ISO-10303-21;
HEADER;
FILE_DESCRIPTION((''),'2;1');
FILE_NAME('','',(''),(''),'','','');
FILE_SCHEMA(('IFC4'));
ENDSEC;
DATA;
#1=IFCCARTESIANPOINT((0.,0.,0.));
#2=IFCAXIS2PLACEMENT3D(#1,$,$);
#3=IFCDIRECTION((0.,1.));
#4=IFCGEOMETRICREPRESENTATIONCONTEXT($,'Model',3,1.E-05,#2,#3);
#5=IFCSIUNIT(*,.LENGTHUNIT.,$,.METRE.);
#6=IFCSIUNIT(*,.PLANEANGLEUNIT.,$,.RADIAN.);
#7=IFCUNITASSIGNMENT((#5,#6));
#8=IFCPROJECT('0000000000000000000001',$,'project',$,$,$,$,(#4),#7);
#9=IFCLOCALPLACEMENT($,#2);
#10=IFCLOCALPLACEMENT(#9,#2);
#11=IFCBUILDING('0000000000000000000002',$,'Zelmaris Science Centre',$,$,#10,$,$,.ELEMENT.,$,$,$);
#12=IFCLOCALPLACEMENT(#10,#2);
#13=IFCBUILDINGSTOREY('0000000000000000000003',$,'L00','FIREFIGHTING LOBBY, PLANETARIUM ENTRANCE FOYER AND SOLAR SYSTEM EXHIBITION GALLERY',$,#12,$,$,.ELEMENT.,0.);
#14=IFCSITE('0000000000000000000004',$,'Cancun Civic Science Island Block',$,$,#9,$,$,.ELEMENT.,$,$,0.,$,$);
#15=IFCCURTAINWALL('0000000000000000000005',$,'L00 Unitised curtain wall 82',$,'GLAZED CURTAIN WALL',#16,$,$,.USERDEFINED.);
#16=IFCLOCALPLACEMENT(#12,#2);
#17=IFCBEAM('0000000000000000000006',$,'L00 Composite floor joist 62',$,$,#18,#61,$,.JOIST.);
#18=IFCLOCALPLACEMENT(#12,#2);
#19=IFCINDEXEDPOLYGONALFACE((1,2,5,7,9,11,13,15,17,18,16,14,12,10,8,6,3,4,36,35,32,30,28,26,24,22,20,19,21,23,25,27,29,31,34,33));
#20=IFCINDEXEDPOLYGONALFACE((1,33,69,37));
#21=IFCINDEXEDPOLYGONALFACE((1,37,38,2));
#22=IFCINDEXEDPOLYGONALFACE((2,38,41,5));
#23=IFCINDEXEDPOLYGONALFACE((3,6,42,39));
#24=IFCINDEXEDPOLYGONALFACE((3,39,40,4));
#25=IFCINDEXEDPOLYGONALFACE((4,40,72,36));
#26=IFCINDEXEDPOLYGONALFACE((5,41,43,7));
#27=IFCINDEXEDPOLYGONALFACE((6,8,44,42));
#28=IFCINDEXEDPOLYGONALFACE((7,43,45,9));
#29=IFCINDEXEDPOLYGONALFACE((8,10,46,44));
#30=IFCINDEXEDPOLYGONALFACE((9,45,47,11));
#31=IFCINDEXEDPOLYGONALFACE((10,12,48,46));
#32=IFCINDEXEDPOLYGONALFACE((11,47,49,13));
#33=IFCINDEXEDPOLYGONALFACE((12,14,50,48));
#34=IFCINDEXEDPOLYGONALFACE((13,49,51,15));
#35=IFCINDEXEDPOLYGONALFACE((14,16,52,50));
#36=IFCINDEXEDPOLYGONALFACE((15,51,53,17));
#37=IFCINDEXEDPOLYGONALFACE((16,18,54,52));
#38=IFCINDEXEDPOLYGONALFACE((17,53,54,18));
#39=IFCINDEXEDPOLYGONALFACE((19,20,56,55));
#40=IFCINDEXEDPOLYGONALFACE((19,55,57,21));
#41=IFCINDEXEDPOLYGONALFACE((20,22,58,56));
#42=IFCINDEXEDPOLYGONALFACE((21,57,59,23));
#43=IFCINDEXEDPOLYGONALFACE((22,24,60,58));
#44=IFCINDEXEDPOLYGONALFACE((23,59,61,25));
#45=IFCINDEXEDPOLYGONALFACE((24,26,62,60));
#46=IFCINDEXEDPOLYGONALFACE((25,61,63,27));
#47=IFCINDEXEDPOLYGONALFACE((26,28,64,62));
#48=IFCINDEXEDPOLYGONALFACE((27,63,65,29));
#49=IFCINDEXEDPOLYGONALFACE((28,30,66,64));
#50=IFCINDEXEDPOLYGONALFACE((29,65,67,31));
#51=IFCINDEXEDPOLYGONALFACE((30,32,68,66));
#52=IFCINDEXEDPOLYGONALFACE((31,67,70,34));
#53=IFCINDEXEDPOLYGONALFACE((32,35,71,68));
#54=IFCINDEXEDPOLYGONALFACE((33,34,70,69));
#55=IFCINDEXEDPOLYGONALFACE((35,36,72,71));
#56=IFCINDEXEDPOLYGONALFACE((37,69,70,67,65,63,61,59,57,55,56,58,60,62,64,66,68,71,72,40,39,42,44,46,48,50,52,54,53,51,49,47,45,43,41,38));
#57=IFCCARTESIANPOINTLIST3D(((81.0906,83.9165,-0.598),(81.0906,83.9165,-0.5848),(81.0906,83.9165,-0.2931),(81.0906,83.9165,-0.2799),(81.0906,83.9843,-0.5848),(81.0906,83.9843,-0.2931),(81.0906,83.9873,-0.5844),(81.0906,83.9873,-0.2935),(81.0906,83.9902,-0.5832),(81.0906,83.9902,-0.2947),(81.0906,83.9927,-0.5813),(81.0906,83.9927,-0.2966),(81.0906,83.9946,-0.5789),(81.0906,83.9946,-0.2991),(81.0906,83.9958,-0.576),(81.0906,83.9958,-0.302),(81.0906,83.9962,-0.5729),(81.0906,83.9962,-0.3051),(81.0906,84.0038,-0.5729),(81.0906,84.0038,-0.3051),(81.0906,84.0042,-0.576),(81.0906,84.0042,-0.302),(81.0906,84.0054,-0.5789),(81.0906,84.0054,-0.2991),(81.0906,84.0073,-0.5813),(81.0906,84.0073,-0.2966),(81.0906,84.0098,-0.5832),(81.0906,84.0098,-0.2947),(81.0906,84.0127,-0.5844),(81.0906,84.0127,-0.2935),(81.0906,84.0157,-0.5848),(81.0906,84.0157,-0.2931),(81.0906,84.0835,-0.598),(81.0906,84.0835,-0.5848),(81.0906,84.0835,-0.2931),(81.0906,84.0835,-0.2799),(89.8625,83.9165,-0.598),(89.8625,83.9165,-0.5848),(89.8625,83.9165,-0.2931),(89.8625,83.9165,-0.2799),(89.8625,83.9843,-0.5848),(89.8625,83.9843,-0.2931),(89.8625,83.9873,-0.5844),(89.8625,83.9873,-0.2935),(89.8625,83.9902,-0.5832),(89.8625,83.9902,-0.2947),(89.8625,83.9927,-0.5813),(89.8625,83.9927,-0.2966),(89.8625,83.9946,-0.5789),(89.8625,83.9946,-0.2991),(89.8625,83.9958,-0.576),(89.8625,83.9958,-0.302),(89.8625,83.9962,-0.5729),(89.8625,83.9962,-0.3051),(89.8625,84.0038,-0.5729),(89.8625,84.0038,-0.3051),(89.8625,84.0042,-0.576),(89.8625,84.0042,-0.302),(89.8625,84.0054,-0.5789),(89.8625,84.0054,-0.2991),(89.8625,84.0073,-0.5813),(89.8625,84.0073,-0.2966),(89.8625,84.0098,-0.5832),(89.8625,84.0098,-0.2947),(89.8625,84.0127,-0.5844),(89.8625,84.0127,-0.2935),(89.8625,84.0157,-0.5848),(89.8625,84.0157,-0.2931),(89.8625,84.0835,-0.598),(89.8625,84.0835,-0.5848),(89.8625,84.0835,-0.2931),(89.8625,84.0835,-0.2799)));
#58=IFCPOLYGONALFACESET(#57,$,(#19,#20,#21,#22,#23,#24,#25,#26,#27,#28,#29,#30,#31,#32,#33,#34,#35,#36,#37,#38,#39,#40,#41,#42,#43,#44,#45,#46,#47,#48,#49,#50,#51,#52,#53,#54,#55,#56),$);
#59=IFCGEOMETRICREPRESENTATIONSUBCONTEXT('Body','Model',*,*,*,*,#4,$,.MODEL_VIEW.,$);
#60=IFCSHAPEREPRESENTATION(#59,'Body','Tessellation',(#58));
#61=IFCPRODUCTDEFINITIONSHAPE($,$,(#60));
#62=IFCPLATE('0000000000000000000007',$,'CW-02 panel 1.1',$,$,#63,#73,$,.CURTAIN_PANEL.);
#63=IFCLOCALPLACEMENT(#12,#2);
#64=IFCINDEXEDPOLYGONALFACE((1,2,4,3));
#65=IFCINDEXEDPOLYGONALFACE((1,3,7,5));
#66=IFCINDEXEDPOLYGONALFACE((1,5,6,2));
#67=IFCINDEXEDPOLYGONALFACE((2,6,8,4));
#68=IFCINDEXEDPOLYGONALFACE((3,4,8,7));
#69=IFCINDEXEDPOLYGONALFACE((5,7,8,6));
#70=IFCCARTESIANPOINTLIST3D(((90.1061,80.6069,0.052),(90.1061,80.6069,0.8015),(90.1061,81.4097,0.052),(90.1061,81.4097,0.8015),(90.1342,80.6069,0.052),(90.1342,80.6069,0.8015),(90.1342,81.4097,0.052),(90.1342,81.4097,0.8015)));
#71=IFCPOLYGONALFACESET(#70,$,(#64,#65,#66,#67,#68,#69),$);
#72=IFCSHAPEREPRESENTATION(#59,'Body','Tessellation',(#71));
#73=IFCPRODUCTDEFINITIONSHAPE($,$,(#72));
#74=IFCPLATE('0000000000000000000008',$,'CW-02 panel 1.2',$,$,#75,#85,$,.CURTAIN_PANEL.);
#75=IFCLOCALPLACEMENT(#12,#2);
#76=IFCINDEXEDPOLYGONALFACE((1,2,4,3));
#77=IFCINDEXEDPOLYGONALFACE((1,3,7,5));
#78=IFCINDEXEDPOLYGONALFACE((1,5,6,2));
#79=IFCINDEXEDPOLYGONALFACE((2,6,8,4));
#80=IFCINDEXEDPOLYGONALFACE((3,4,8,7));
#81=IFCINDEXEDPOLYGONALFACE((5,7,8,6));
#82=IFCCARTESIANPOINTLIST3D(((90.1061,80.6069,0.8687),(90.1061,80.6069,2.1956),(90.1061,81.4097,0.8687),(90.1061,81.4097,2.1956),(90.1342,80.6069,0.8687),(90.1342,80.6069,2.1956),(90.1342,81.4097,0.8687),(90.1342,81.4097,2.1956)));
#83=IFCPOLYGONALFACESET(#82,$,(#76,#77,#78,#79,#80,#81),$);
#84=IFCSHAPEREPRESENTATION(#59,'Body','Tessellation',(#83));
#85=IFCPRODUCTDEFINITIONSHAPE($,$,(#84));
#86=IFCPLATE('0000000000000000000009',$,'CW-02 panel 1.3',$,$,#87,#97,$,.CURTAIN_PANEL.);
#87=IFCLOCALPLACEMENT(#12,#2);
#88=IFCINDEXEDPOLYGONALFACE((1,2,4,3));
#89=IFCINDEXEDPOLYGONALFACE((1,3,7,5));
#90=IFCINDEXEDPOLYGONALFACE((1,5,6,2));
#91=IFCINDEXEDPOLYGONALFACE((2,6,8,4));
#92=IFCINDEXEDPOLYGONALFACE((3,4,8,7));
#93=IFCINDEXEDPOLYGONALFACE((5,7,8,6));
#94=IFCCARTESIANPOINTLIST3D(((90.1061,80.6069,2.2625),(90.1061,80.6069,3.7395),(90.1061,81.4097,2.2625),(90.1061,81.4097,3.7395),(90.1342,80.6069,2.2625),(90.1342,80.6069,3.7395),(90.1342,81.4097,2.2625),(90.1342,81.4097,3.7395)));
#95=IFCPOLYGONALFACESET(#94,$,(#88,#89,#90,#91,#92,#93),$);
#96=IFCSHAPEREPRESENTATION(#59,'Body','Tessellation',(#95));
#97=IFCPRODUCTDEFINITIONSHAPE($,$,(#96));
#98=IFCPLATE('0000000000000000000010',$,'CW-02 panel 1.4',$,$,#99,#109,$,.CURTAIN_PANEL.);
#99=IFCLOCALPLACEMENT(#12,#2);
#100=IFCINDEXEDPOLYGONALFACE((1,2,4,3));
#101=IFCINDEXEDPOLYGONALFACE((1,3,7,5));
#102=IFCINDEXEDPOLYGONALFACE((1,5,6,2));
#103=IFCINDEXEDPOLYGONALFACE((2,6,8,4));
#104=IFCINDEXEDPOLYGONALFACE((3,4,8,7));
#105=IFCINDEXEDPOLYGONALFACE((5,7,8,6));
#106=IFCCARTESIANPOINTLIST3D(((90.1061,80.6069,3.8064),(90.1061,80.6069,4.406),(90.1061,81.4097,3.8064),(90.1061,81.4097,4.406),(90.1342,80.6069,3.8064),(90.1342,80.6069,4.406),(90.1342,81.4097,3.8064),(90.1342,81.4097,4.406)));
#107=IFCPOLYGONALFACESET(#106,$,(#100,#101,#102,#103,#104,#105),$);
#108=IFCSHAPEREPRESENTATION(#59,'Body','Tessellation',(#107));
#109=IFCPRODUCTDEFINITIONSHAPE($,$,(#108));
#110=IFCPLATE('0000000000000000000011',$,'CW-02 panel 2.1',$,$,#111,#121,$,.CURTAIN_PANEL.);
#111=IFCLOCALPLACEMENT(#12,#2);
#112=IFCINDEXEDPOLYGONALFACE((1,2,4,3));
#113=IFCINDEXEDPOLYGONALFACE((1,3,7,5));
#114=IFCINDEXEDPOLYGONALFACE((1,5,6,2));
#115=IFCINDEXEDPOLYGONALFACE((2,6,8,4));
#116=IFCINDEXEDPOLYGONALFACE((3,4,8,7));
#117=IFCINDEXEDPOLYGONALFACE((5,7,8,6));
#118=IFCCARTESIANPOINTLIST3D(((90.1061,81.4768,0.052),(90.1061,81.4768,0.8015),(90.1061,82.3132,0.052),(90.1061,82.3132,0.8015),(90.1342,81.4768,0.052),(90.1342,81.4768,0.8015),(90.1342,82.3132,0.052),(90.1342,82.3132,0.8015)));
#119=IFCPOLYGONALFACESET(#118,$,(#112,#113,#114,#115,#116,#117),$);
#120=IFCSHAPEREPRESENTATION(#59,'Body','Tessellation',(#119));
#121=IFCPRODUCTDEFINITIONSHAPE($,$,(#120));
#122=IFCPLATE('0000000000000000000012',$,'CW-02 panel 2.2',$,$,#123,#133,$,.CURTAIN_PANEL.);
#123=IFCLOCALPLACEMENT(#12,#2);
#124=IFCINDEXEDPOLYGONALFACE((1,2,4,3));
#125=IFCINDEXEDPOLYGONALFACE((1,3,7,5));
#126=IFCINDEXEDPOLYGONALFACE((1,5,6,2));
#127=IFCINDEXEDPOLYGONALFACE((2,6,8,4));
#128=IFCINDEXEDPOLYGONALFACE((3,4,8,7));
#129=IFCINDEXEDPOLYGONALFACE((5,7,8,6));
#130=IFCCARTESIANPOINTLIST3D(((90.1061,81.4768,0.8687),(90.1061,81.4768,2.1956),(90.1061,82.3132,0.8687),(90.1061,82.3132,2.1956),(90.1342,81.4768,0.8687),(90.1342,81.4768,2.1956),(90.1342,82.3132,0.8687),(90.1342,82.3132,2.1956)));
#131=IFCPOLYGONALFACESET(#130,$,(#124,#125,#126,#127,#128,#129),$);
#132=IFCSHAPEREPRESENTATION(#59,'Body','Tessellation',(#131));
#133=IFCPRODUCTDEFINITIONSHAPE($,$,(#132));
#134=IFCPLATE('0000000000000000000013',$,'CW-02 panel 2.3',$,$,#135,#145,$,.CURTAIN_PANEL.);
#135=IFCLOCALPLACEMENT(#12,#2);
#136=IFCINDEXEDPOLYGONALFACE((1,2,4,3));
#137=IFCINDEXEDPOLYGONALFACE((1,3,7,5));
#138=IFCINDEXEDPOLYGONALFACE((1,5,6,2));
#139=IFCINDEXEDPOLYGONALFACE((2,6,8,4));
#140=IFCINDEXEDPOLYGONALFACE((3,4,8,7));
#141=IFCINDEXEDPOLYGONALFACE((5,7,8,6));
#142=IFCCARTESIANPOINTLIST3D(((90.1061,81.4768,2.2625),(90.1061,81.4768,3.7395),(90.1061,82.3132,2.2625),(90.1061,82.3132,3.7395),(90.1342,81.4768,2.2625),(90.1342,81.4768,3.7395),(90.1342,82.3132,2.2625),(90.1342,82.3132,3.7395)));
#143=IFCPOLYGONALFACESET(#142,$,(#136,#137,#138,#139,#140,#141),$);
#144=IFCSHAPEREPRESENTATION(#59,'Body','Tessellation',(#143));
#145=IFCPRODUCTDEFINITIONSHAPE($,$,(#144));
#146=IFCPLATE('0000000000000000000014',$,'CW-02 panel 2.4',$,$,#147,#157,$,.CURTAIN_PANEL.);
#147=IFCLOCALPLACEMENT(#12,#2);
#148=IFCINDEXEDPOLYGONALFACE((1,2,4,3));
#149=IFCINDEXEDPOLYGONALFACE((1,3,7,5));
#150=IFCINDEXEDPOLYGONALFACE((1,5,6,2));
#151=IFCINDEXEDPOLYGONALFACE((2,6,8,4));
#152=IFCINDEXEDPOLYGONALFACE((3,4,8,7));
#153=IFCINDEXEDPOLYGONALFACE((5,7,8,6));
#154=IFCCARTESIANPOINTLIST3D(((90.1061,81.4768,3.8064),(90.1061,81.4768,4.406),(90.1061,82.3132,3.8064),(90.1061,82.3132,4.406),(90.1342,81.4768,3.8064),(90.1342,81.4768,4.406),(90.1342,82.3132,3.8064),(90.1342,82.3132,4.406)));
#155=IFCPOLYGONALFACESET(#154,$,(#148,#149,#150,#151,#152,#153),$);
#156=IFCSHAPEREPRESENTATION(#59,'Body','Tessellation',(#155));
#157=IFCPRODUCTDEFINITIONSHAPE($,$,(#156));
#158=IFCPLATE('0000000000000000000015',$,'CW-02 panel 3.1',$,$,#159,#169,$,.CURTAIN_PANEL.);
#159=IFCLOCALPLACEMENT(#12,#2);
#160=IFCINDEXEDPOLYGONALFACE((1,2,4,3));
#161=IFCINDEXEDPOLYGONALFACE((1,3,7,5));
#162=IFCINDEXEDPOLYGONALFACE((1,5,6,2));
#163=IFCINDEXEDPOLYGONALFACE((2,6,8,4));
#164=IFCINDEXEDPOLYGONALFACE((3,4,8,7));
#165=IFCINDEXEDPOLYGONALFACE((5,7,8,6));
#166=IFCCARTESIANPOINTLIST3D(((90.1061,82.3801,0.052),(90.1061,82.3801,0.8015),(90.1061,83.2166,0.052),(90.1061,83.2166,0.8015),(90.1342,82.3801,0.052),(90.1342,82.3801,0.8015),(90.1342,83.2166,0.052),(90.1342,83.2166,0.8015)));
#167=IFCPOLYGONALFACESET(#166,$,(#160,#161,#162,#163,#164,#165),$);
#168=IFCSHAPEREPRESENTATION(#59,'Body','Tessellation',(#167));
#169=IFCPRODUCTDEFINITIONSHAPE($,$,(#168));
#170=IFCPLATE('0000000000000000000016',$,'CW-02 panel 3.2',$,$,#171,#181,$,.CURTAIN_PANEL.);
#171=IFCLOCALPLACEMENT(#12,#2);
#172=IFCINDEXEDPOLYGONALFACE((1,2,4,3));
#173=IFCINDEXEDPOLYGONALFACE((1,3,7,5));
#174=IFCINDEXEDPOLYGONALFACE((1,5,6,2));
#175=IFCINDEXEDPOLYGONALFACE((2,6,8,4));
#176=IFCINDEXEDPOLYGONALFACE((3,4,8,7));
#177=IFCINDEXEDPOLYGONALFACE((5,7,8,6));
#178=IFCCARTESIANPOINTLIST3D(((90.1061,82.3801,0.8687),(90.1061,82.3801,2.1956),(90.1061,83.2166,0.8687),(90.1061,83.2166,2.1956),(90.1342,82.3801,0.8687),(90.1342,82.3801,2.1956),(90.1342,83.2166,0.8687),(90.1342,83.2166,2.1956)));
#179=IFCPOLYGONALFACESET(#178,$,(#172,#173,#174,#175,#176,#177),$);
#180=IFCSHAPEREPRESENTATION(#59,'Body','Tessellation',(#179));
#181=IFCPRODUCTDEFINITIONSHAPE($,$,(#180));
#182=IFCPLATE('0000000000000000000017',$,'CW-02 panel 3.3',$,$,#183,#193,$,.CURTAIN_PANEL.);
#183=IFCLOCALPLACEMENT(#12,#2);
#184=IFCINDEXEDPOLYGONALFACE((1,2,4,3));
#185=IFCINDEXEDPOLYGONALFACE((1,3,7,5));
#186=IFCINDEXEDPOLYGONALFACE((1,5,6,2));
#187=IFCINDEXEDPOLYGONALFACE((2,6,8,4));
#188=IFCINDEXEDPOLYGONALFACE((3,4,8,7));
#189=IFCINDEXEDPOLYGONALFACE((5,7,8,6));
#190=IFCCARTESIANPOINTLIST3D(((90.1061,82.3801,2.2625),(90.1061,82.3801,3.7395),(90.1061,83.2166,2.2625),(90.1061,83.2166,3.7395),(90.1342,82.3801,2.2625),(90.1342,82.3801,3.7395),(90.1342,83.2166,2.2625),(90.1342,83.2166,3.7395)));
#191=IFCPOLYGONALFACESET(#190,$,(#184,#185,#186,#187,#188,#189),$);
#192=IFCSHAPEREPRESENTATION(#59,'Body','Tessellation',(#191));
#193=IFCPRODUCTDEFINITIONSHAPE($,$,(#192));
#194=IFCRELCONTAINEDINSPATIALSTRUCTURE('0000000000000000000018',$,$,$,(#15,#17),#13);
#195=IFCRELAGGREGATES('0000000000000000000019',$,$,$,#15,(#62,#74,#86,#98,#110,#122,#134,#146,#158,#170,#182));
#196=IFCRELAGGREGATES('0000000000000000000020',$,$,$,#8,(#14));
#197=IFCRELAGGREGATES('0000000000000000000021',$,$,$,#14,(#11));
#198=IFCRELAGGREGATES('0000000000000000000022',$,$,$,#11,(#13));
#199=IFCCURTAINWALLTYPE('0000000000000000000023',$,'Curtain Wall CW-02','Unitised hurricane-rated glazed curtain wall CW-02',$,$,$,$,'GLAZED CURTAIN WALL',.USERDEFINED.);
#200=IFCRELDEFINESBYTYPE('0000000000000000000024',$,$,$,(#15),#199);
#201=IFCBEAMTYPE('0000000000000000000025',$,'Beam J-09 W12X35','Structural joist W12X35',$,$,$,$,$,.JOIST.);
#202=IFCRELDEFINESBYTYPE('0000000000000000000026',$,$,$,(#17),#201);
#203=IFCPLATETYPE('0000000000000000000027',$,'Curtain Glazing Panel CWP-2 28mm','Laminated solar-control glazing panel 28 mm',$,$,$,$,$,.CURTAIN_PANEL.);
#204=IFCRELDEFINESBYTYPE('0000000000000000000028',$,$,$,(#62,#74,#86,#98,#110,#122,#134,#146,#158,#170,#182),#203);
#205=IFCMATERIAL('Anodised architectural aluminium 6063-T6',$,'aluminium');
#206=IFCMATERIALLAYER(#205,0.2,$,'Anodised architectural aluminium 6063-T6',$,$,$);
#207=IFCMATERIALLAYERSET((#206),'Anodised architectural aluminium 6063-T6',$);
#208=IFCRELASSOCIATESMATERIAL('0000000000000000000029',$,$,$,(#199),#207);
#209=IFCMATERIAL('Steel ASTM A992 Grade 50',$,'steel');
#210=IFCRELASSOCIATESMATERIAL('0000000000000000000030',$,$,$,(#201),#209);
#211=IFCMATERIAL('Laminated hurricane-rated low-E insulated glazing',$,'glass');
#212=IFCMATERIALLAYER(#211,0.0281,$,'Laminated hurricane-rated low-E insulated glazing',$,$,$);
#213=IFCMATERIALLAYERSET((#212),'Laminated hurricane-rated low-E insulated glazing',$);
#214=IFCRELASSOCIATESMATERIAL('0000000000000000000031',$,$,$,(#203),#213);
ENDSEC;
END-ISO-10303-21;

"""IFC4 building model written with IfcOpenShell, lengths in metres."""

from ifc_helpers import new_model, si_unit, direction, frame, origin, origin_2d, place, context, subcontext, project, spatial, rectangle, i_section, extrude, material, layer, layer_set, material_profile, profile_set, type_object, element, aggregate, save


model = new_model("IFC4")

# Units and contexts
model_context = context("Model", 3, precision=1e-05, world=origin(), true_north=direction((0.0, 1.0)))
body_context = subcontext(model_context, "Body", "Model", "MODEL_VIEW")
ifc_project = project(units=[si_unit("LENGTHUNIT", "METRE"), si_unit("PLANEANGLEUNIT", "RADIAN")], contexts=[model_context])

# Site, building, storey
site_placement = place(None, origin())
site = spatial("IfcSite", under=ifc_project, at=site_placement, Name="Cancun Civic Science Island Block", CompositionType="ELEMENT", RefElevation=0.0)
building_placement = place(site_placement, origin())
building = spatial("IfcBuilding", under=site, at=building_placement, Name="Zelmaris Science Centre", CompositionType="ELEMENT")
storey_placement = place(building_placement, origin())
storey = spatial("IfcBuildingStorey", under=building, at=storey_placement, Name="L00", Description="FIREFIGHTING LOBBY, PLANETARIUM ENTRANCE FOYER AND SOLAR SYSTEM EXHIBITION GALLERY", CompositionType="ELEMENT", Elevation=0.0)

# Shared definitions
ifc_material_1 = material(Name="Steel ASTM A992 Grade 50", Category="steel")

# Curtain wall
ifc_material_2 = material(Name="Anodised architectural aluminium 6063-T6", Category="aluminium")
ifc_layer_1 = layer(ifc_material_2, 0.2, Name="Anodised architectural aluminium 6063-T6")
ifc_layer_set_1 = layer_set([ifc_layer_1], Name="Anodised architectural aluminium 6063-T6")
curtain_wall_type = type_object("IfcCurtainWallType", Name="Curtain Wall CW-02", Description="Unitised hurricane-rated glazed curtain wall CW-02", ElementType="GLAZED CURTAIN WALL", PredefinedType="USERDEFINED", material=ifc_layer_set_1)
curtain_wall_placement = place(storey_placement, origin())
curtain_wall = element("IfcCurtainWall", 1, at=curtain_wall_placement, inside=storey, type_object=curtain_wall_type, Name="L00 Unitised curtain wall 82", ObjectType="GLAZED CURTAIN WALL", PredefinedType="USERDEFINED")

# Beam
ifc_material_profile_1 = material_profile(ifc_material_1, i_section(OverallWidth=0.167, OverallDepth=0.3181, WebThickness=0.0076, FlangeThickness=0.0132, FilletRadius=0.012, at=origin_2d()), Name="W12X35")
ifc_profile_set_1 = profile_set([ifc_material_profile_1], Name="Steel ASTM A992 Grade 50")
beam_type_1 = type_object("IfcBeamType", Name="Beam J-09 W12X35", Description="Structural joist W12X35", PredefinedType="JOIST", material=ifc_profile_set_1)
beam_1_placement = place(storey_placement, frame((81.0906, 84.0, -0.439), z_axis=(1.0, 0.0, 0.0), x_axis=(0.0, 1.0, 0.0)))
element("IfcBeam", 2, at=beam_1_placement, inside=storey, type_object=beam_type_1, Name="L00 Composite floor joist 62", PredefinedType="JOIST", context=body_context, shape_type="SweptSolid", body=[
    extrude(i_section(OverallWidth=0.167, OverallDepth=0.3181, WebThickness=0.0076, FlangeThickness=0.0132, FilletRadius=0.012, at=origin_2d()), origin(), (0.0, 0.0, 1.0), 8.772),
])

# Plates
ifc_material_3 = material(Name="Laminated hurricane-rated low-E insulated glazing", Category="glass")
ifc_layer_2 = layer(ifc_material_3, 0.0281, Name="Laminated hurricane-rated low-E insulated glazing")
ifc_layer_set_2 = layer_set([ifc_layer_2], Name="Laminated hurricane-rated low-E insulated glazing")
plate_type = type_object("IfcPlateType", Name="Curtain Glazing Panel CWP-2 28mm", Description="Laminated solar-control glazing panel 28 mm", PredefinedType="CURTAIN_PANEL", material=ifc_layer_set_2)
plate_1_placement = place(storey_placement, frame((90.1201, 81.0083, 0.052), z_axis=(0.0, 0.0, 1.0), x_axis=(0.0, 1.0, 0.0)))
plate_1 = element("IfcPlate", 3, at=plate_1_placement, type_object=plate_type, Name="CW-02 panel 1.1", PredefinedType="CURTAIN_PANEL", context=body_context, shape_type="SweptSolid", body=[
    extrude(rectangle(XDim=0.8027, YDim=0.0281, at=origin_2d()), origin(), (0.0, 0.0, 1.0), 0.7495),
])
plate_2_placement = place(storey_placement, frame((90.1201, 81.0083, 0.8687), z_axis=(0.0, 0.0, 1.0), x_axis=(0.0, 1.0, 0.0)))
plate_2 = element("IfcPlate", 4, at=plate_2_placement, type_object=plate_type, Name="CW-02 panel 1.2", PredefinedType="CURTAIN_PANEL", context=body_context, shape_type="SweptSolid", body=[
    extrude(rectangle(XDim=0.8027, YDim=0.0281, at=origin_2d()), origin(), (0.0, 0.0, 1.0), 1.3269),
])
plate_3_placement = place(storey_placement, frame((90.1201, 81.0083, 2.2625), z_axis=(0.0, 0.0, 1.0), x_axis=(0.0, 1.0, 0.0)))
plate_3 = element("IfcPlate", 5, at=plate_3_placement, type_object=plate_type, Name="CW-02 panel 1.3", PredefinedType="CURTAIN_PANEL", context=body_context, shape_type="SweptSolid", body=[
    extrude(rectangle(XDim=0.8027, YDim=0.0281, at=origin_2d()), origin(), (0.0, 0.0, 1.0), 1.4771),
])
plate_4_placement = place(storey_placement, frame((90.1201, 81.0083, 3.8064), z_axis=(0.0, 0.0, 1.0), x_axis=(0.0, 1.0, 0.0)))
plate_4 = element("IfcPlate", 6, at=plate_4_placement, type_object=plate_type, Name="CW-02 panel 1.4", PredefinedType="CURTAIN_PANEL", context=body_context, shape_type="SweptSolid", body=[
    extrude(rectangle(XDim=0.8027, YDim=0.0281, at=origin_2d()), origin(), (0.0, 0.0, 1.0), 0.5996),
])
plate_5_placement = place(storey_placement, frame((90.1201, 81.895, 0.052), z_axis=(0.0, 0.0, 1.0), x_axis=(0.0, 1.0, 0.0)))
plate_5 = element("IfcPlate", 7, at=plate_5_placement, type_object=plate_type, Name="CW-02 panel 2.1", PredefinedType="CURTAIN_PANEL", context=body_context, shape_type="SweptSolid", body=[
    extrude(rectangle(XDim=0.8364, YDim=0.0281, at=origin_2d()), origin(), (0.0, 0.0, 1.0), 0.7495),
])
plate_6_placement = place(storey_placement, frame((90.1201, 81.895, 0.8687), z_axis=(0.0, 0.0, 1.0), x_axis=(0.0, 1.0, 0.0)))
plate_6 = element("IfcPlate", 8, at=plate_6_placement, type_object=plate_type, Name="CW-02 panel 2.2", PredefinedType="CURTAIN_PANEL", context=body_context, shape_type="SweptSolid", body=[
    extrude(rectangle(XDim=0.8364, YDim=0.0281, at=origin_2d()), origin(), (0.0, 0.0, 1.0), 1.3269),
])
plate_7_placement = place(storey_placement, frame((90.1201, 81.895, 2.2625), z_axis=(0.0, 0.0, 1.0), x_axis=(0.0, 1.0, 0.0)))
plate_7 = element("IfcPlate", 9, at=plate_7_placement, type_object=plate_type, Name="CW-02 panel 2.3", PredefinedType="CURTAIN_PANEL", context=body_context, shape_type="SweptSolid", body=[
    extrude(rectangle(XDim=0.8364, YDim=0.0281, at=origin_2d()), origin(), (0.0, 0.0, 1.0), 1.4771),
])
plate_8_placement = place(storey_placement, frame((90.1201, 81.895, 3.8064), z_axis=(0.0, 0.0, 1.0), x_axis=(0.0, 1.0, 0.0)))
plate_8 = element("IfcPlate", 10, at=plate_8_placement, type_object=plate_type, Name="CW-02 panel 2.4", PredefinedType="CURTAIN_PANEL", context=body_context, shape_type="SweptSolid", body=[
    extrude(rectangle(XDim=0.8364, YDim=0.0281, at=origin_2d()), origin(), (0.0, 0.0, 1.0), 0.5996),
])
plate_9_placement = place(storey_placement, frame((90.1201, 82.7983, 0.052), z_axis=(0.0, 0.0, 1.0), x_axis=(0.0, 1.0, 0.0)))
plate_9 = element("IfcPlate", 11, at=plate_9_placement, type_object=plate_type, Name="CW-02 panel 3.1", PredefinedType="CURTAIN_PANEL", context=body_context, shape_type="SweptSolid", body=[
    extrude(rectangle(XDim=0.8364, YDim=0.0281, at=origin_2d()), origin(), (0.0, 0.0, 1.0), 0.7495),
])
plate_10_placement = place(storey_placement, frame((90.1201, 82.7983, 0.8687), z_axis=(0.0, 0.0, 1.0), x_axis=(0.0, 1.0, 0.0)))
plate_10 = element("IfcPlate", 12, at=plate_10_placement, type_object=plate_type, Name="CW-02 panel 3.2", PredefinedType="CURTAIN_PANEL", context=body_context, shape_type="SweptSolid", body=[
    extrude(rectangle(XDim=0.8364, YDim=0.0281, at=origin_2d()), origin(), (0.0, 0.0, 1.0), 1.3269),
])
plate_11_placement = place(storey_placement, frame((90.1201, 82.7983, 2.2625), z_axis=(0.0, 0.0, 1.0), x_axis=(0.0, 1.0, 0.0)))
plate_11 = element("IfcPlate", 13, at=plate_11_placement, type_object=plate_type, Name="CW-02 panel 3.3", PredefinedType="CURTAIN_PANEL", context=body_context, shape_type="SweptSolid", body=[
    extrude(rectangle(XDim=0.8364, YDim=0.0281, at=origin_2d()), origin(), (0.0, 0.0, 1.0), 1.4771),
])
aggregate(curtain_wall, [plate_1, plate_2, plate_3, plate_4, plate_5, plate_6, plate_7, plate_8, plate_9, plate_10, plate_11])

save(model, "model.ifc")
